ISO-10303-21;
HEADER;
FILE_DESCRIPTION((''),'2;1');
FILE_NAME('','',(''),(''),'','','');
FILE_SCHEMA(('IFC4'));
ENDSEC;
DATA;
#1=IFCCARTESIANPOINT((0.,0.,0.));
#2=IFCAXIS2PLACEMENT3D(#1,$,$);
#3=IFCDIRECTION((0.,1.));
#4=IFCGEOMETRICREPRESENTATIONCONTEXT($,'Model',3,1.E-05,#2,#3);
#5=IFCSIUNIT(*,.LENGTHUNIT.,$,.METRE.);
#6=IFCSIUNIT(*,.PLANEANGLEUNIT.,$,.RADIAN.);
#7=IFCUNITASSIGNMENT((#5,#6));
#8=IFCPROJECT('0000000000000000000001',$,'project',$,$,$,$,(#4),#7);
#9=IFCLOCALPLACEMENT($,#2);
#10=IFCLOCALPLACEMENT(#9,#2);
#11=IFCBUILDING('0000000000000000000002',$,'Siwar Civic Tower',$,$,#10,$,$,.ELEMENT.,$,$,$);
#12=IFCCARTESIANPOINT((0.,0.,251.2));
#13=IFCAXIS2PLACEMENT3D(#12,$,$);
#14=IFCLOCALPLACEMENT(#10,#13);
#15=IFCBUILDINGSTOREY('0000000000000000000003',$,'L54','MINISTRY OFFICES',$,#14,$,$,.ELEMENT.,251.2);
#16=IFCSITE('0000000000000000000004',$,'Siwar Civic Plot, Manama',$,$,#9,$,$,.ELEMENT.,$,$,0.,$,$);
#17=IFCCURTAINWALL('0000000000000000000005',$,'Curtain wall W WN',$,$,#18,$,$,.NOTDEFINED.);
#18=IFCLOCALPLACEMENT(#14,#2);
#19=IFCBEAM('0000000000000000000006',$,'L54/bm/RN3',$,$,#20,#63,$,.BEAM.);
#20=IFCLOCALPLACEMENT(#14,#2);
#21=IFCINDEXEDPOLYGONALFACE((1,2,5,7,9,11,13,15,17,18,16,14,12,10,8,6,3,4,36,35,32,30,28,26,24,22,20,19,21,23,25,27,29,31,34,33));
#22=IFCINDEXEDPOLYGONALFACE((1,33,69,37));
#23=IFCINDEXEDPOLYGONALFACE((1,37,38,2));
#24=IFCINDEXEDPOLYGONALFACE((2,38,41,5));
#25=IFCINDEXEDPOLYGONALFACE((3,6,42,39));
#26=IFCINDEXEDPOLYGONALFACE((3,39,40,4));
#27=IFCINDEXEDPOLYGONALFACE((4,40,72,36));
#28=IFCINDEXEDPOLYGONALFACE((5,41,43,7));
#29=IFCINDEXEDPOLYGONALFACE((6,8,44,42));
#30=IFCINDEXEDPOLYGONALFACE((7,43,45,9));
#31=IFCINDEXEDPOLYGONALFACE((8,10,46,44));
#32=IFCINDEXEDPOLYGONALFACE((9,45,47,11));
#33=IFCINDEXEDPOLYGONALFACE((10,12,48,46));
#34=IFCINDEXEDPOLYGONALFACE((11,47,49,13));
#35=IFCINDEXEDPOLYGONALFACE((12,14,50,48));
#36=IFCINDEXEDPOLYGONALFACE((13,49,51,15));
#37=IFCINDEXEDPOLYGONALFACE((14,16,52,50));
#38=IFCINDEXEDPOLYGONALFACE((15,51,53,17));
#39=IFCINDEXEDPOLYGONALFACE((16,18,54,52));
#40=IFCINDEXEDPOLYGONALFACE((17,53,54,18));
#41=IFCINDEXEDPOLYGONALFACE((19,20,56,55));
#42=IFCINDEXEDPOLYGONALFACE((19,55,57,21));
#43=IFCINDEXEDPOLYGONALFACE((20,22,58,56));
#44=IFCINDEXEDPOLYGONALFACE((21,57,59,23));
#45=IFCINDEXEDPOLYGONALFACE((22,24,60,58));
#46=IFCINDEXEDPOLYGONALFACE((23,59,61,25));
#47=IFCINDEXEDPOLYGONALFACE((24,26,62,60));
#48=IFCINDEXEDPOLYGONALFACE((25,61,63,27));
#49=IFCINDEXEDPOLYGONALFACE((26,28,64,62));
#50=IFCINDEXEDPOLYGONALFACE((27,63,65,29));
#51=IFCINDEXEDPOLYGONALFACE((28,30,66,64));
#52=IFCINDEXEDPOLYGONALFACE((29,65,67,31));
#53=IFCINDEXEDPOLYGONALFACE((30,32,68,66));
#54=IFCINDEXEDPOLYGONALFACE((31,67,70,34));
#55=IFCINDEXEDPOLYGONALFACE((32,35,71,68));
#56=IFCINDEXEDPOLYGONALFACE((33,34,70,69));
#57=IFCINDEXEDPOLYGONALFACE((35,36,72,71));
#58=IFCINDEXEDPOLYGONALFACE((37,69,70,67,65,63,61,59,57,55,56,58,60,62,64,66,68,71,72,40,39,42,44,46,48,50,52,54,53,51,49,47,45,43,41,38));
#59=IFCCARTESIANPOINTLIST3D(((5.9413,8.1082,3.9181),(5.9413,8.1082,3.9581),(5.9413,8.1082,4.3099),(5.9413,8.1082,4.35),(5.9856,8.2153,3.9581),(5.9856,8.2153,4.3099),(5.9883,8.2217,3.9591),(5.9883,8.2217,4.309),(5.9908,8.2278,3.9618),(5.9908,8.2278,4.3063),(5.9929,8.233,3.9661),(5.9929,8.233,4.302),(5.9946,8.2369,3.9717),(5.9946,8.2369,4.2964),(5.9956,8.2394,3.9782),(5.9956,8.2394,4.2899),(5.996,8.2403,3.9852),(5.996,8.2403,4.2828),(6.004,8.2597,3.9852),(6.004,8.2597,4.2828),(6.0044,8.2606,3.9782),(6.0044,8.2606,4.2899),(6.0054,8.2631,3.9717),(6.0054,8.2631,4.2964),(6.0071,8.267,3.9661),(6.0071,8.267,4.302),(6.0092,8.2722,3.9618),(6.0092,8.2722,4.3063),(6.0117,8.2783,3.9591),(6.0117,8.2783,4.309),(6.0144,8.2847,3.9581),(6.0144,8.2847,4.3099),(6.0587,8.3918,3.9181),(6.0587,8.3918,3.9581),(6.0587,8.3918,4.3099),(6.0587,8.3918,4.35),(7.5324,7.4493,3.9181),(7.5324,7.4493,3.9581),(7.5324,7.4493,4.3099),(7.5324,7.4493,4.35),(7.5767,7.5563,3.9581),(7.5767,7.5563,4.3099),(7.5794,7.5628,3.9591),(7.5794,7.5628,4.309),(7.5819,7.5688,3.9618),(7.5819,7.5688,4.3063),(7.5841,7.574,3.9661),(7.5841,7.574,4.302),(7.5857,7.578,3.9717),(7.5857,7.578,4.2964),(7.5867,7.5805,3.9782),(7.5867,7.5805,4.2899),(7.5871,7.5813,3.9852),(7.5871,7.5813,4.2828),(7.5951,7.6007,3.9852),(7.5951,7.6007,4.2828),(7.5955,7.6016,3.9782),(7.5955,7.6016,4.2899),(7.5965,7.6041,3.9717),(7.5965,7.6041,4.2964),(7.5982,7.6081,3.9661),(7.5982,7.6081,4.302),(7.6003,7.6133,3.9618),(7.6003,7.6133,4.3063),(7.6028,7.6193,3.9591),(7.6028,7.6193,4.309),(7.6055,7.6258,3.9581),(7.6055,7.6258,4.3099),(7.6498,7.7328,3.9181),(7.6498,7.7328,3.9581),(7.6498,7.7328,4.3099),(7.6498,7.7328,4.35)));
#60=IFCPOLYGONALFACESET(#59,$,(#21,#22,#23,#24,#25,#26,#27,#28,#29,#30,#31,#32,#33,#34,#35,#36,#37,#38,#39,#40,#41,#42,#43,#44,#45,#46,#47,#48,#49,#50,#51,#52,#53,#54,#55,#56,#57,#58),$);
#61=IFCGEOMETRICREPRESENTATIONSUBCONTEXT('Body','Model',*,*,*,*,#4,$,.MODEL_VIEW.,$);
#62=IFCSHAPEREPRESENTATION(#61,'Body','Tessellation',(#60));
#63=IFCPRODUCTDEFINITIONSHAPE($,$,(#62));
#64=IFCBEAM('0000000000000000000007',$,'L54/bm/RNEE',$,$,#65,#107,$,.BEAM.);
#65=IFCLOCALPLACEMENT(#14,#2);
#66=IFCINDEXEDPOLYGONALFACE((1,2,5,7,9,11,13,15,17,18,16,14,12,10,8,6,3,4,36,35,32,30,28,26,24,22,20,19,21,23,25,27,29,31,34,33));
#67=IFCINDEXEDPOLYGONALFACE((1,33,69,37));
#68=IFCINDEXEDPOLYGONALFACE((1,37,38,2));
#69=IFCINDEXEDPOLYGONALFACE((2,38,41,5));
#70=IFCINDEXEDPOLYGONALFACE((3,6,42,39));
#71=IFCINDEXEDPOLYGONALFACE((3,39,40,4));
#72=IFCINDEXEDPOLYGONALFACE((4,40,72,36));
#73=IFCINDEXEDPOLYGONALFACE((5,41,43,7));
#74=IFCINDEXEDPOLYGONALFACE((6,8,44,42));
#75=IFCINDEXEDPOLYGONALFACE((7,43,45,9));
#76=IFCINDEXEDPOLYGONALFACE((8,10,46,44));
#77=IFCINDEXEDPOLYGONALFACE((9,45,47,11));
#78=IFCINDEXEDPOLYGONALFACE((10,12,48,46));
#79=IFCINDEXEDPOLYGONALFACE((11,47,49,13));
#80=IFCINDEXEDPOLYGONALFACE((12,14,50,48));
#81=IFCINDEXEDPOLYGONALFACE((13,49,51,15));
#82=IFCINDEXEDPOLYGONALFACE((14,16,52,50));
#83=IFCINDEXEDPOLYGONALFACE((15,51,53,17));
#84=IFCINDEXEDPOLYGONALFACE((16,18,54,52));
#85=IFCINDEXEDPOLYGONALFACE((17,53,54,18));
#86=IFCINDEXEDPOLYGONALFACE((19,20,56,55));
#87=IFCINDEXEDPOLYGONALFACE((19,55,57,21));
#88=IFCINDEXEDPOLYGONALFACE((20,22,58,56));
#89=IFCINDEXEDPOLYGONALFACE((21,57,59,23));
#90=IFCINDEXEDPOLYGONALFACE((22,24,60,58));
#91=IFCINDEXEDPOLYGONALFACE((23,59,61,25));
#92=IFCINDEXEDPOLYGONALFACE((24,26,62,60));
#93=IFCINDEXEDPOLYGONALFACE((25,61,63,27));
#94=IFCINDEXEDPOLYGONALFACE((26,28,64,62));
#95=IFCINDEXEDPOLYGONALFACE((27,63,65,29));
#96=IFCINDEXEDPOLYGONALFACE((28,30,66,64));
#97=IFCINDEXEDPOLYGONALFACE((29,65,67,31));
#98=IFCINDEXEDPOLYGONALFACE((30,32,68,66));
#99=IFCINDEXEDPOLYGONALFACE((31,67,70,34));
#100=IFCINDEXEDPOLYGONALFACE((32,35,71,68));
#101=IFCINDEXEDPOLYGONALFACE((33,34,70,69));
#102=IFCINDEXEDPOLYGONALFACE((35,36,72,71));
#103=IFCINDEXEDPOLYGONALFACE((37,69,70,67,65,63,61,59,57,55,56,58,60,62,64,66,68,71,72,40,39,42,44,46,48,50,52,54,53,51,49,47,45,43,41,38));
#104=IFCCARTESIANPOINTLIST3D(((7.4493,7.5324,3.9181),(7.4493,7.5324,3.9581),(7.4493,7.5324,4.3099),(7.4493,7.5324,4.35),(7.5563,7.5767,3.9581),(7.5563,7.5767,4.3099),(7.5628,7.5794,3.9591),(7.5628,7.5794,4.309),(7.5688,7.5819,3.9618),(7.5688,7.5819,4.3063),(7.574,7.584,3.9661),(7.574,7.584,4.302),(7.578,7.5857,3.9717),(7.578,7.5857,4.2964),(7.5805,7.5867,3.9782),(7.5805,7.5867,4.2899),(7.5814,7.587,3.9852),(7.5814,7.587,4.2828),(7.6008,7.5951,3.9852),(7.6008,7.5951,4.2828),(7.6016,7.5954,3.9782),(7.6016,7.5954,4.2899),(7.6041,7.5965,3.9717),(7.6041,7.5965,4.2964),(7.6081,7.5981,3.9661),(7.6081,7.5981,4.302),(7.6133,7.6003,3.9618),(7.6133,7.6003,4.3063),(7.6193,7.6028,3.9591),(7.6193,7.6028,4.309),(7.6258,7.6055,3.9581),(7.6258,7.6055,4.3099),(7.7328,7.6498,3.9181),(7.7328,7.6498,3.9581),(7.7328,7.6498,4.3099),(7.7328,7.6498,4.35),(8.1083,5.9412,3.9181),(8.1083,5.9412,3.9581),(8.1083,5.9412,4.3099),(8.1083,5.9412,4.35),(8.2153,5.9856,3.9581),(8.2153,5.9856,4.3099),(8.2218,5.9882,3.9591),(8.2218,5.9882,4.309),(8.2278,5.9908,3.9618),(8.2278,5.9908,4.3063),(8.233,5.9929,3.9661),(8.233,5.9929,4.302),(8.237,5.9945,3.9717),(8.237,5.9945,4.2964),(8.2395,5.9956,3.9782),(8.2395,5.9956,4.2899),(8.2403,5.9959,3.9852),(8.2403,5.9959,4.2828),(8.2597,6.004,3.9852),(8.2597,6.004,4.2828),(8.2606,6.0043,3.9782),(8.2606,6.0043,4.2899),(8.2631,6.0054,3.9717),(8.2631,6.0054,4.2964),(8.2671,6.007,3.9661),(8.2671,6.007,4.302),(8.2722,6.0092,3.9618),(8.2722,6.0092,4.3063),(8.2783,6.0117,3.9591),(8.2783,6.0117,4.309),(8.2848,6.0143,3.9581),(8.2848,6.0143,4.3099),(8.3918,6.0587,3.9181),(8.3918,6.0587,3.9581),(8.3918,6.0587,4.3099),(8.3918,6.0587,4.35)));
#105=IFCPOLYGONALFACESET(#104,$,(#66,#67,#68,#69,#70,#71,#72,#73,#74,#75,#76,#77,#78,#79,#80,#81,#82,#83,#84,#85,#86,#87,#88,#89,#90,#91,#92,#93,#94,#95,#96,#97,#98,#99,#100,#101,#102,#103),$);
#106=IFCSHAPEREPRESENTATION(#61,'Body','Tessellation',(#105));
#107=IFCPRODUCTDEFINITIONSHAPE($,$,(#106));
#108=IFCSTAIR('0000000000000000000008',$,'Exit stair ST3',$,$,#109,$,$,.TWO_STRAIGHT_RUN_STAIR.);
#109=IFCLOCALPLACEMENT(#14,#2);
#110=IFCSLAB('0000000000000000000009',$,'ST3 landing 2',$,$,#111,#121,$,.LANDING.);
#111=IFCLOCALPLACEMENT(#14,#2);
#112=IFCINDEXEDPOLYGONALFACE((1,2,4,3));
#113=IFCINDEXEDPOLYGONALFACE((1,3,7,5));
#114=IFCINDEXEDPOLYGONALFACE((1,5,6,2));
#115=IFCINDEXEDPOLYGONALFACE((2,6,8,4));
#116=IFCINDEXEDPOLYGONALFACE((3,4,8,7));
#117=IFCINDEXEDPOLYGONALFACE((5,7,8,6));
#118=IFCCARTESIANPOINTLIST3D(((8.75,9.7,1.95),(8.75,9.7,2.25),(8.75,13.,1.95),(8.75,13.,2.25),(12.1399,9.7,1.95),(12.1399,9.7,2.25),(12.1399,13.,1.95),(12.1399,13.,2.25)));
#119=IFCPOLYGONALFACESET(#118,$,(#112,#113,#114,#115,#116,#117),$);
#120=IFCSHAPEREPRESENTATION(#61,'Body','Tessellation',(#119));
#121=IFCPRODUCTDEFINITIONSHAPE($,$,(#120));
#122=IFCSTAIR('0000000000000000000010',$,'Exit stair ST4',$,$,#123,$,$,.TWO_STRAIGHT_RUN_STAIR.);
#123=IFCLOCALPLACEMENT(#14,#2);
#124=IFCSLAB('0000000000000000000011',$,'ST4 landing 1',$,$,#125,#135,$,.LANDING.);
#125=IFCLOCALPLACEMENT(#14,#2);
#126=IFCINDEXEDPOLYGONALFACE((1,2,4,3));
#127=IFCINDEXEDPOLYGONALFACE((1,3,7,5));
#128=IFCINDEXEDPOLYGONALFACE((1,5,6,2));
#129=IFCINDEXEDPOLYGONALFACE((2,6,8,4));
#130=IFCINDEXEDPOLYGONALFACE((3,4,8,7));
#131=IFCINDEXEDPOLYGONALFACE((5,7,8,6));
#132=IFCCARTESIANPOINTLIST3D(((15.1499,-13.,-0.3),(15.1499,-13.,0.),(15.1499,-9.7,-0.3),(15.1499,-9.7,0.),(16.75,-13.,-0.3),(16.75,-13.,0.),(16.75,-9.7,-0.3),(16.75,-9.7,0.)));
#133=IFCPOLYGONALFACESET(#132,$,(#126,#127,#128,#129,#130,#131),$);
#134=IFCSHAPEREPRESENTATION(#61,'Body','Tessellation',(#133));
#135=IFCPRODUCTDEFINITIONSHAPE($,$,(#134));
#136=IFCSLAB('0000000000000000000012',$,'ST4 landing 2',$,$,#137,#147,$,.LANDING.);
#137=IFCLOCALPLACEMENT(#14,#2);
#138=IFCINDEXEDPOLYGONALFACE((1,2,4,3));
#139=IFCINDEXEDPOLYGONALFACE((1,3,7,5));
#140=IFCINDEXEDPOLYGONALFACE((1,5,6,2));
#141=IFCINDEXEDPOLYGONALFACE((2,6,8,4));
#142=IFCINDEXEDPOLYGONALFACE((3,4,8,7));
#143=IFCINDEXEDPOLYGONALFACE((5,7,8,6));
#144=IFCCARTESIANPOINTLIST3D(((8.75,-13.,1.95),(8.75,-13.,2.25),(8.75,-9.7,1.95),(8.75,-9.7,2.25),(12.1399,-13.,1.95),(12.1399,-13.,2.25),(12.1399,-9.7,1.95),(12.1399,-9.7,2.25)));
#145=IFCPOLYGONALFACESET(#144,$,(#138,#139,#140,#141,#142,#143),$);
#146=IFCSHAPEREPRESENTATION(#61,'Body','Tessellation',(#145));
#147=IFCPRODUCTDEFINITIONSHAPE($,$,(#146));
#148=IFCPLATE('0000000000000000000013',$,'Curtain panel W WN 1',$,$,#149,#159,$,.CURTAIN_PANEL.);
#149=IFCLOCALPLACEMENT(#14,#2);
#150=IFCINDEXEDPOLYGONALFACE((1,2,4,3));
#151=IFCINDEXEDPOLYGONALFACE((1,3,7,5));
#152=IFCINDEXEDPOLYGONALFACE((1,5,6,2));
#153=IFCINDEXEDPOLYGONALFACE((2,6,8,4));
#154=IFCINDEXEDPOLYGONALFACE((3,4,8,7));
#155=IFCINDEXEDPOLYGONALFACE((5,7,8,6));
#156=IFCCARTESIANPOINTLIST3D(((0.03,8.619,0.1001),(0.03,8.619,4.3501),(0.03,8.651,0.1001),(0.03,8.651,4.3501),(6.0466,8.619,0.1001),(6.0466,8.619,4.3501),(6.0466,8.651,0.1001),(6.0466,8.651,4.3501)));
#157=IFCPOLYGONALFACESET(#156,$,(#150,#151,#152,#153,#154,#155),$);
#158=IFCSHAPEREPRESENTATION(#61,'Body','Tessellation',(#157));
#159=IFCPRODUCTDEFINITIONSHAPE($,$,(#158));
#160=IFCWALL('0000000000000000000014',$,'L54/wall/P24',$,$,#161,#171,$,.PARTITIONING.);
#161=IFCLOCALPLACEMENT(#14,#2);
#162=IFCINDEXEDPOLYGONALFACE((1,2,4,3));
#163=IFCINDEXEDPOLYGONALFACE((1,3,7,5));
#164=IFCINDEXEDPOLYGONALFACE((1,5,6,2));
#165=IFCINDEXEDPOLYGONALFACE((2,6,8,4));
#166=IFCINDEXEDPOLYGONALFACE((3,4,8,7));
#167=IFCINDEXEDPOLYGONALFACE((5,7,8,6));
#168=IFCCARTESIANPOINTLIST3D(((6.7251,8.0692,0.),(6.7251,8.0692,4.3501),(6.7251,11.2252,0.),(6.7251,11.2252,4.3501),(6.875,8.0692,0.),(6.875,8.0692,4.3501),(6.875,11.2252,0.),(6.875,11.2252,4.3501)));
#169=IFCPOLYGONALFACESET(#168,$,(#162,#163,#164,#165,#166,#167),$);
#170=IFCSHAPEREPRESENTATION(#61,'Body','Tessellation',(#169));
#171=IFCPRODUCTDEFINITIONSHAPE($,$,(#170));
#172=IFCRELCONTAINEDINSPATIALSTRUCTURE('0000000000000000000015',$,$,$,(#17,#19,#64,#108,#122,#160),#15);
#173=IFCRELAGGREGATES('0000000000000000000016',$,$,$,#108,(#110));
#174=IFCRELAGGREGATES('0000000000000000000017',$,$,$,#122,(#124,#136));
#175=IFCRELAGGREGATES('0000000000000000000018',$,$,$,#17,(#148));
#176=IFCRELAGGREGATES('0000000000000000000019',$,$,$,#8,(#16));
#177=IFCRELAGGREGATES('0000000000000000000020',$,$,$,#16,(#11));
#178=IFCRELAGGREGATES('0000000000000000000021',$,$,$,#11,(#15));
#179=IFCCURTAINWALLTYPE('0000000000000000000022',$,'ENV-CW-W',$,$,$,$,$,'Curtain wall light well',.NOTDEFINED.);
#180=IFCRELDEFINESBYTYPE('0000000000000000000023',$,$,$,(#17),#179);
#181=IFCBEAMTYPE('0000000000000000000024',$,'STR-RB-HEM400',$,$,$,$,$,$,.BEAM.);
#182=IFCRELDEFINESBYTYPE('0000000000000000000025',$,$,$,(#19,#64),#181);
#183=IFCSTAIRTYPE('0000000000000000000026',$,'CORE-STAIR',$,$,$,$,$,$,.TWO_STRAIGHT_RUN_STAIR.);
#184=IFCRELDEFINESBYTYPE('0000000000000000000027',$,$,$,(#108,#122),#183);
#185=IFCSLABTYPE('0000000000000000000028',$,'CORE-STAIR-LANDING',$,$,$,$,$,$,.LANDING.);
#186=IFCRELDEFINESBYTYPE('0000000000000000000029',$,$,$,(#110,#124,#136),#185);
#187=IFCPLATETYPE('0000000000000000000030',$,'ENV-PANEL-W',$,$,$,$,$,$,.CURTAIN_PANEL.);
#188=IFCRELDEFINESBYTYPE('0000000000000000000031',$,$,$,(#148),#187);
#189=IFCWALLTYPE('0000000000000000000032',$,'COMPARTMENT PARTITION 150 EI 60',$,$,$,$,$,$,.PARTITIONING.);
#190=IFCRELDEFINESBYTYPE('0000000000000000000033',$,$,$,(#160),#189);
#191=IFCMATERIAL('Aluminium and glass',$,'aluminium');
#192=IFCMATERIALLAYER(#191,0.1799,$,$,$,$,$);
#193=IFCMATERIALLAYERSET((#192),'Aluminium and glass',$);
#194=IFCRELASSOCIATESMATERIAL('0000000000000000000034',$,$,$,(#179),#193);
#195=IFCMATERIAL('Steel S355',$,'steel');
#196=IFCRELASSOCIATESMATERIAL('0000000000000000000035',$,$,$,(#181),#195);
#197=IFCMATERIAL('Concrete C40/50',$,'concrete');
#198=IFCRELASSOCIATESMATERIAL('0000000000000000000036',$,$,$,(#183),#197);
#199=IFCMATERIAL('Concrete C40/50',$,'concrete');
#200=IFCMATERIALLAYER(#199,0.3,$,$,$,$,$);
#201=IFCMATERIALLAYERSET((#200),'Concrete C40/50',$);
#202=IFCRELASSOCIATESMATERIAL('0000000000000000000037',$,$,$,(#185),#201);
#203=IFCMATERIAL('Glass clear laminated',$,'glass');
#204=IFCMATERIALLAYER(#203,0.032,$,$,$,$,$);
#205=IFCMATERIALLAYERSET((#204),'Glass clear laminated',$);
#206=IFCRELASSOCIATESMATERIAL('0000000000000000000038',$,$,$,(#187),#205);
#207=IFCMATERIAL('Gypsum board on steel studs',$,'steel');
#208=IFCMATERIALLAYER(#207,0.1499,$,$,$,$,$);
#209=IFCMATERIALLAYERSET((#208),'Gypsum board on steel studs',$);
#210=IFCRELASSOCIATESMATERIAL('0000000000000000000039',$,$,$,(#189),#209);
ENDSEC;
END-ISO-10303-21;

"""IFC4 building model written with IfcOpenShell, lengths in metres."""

from ifc_helpers import new_model, si_unit, direction, frame, frame_2d, origin, origin_2d, place, context, subcontext, project, spatial, polyline, rectangle, i_section, outline, extrude, material, layer, layer_set, material_profile, profile_set, type_object, element, aggregate, save


model = new_model("IFC4")

# Units and contexts
model_context = context("Model", 3, precision=1e-05, world=origin(), true_north=direction((0.0, 1.0)))
body_context = subcontext(model_context, "Body", "Model", "MODEL_VIEW")
ifc_project = project(units=[si_unit("LENGTHUNIT", "METRE"), si_unit("PLANEANGLEUNIT", "RADIAN")], contexts=[model_context])

# Site, building, storey
site_placement = place(None, origin())
site = spatial("IfcSite", under=ifc_project, at=site_placement, Name="Siwar Civic Plot, Manama", CompositionType="ELEMENT", RefElevation=0.0)
building_placement = place(site_placement, origin())
building = spatial("IfcBuilding", under=site, at=building_placement, Name="Siwar Civic Tower", CompositionType="ELEMENT")
storey_placement = place(building_placement, frame((0.0, 0.0, 251.2)))
storey = spatial("IfcBuildingStorey", under=building, at=storey_placement, Name="L54", Description="MINISTRY OFFICES", CompositionType="ELEMENT", Elevation=251.2)

# Curtain wall
ifc_material_1 = material(Name="Aluminium and glass", Category="aluminium")
ifc_layer_1 = layer(ifc_material_1, 0.1799)
ifc_layer_set_1 = layer_set([ifc_layer_1], Name="Aluminium and glass")
curtain_wall_type = type_object("IfcCurtainWallType", Name="ENV-CW-W", ElementType="Curtain wall light well", PredefinedType="NOTDEFINED", material=ifc_layer_set_1)
curtain_wall_placement = place(storey_placement, origin())
curtain_wall = element("IfcCurtainWall", 1, at=curtain_wall_placement, inside=storey, type_object=curtain_wall_type, Name="Curtain wall W WN", PredefinedType="NOTDEFINED")

# Beams
ifc_material_2 = material(Name="Steel S355", Category="steel")
ifc_material_profile_1 = material_profile(ifc_material_2, i_section(OverallWidth=0.3069, OverallDepth=0.4319, WebThickness=0.021, FlangeThickness=0.04, FilletRadius=0.0271, at=origin_2d()), Name="HEM400")
ifc_profile_set_1 = profile_set([ifc_material_profile_1], Name="Steel S355")
beam_type_1 = type_object("IfcBeamType", Name="STR-RB-HEM400", PredefinedType="BEAM", material=ifc_profile_set_1)
for number, where, z_axis, x_axis, name in (
    (2, (6.0, 8.25, 4.134), (0.923901, -0.382631, 0.0), (0.382631, 0.923901, 0.0), "L54/bm/RN3"),
    (3, (7.5911, 7.5911, 4.134), (0.382631, -0.923901, 0.0), (0.923901, 0.382631, 0.0), "L54/bm/RNEE"),
):
    element("IfcBeam", number, at=place(storey_placement, frame(where, z_axis=z_axis, x_axis=x_axis)), inside=storey, type_object=beam_type_1, Name=name, PredefinedType="BEAM", context=body_context, shape_type="SweptSolid", body=[
        extrude(i_section(OverallWidth=0.3069, OverallDepth=0.4319, WebThickness=0.021, FlangeThickness=0.04, FilletRadius=0.0271, at=origin_2d()), origin(), (0.0, 0.0, 1.0), 1.7222),
    ])

# Stair, slab
ifc_material_3 = material(Name="Concrete C40/50", Category="concrete")
stair_type = type_object("IfcStairType", Name="CORE-STAIR", PredefinedType="TWO_STRAIGHT_RUN_STAIR", material=ifc_material_3)
stair_1_placement = place(storey_placement, origin())
stair_1 = element("IfcStair", 4, at=stair_1_placement, inside=storey, type_object=stair_type, Name="Exit stair ST3", PredefinedType="TWO_STRAIGHT_RUN_STAIR")
ifc_material_4 = material(Name="Concrete C40/50", Category="concrete")
ifc_layer_2 = layer(ifc_material_4, 0.3)
ifc_layer_set_2 = layer_set([ifc_layer_2], Name="Concrete C40/50")
slab_type_1 = type_object("IfcSlabType", Name="CORE-STAIR-LANDING", PredefinedType="LANDING", material=ifc_layer_set_2)
slab_1_placement = place(storey_placement, frame((0.0, 0.0, 1.95)))
slab_1 = element("IfcSlab", 5, at=slab_1_placement, type_object=slab_type_1, Name="ST3 landing 2", PredefinedType="LANDING", context=body_context, shape_type="SweptSolid", body=[
    extrude(outline(polyline([(8.75, 9.7), (12.1399, 9.7), (12.1399, 13.0), (8.75, 13.0), (8.75, 9.7)])), origin(), (0.0, 0.0, 1.0), 0.3),
])
aggregate(stair_1, [slab_1])

# Stair, slabs
stair_2_placement = place(storey_placement, origin())
stair_2 = element("IfcStair", 6, at=stair_2_placement, inside=storey, type_object=stair_type, Name="Exit stair ST4", PredefinedType="TWO_STRAIGHT_RUN_STAIR")
slab_2_placement = place(storey_placement, frame((0.0, 0.0, -0.3)))
slab_2 = element("IfcSlab", 7, at=slab_2_placement, type_object=slab_type_1, Name="ST4 landing 1", PredefinedType="LANDING", context=body_context, shape_type="SweptSolid", body=[
    extrude(outline(polyline([(15.1499, -13.0), (16.75, -13.0), (16.75, -9.7), (15.1499, -9.7), (15.1499, -13.0)])), origin(), (0.0, 0.0, 1.0), 0.3),
])
slab_3_placement = place(storey_placement, frame((0.0, 0.0, 1.95)))
slab_3 = element("IfcSlab", 8, at=slab_3_placement, type_object=slab_type_1, Name="ST4 landing 2", PredefinedType="LANDING", context=body_context, shape_type="SweptSolid", body=[
    extrude(outline(polyline([(8.75, -13.0), (12.1399, -13.0), (12.1399, -9.7), (8.75, -9.7), (8.75, -13.0)])), origin(), (0.0, 0.0, 1.0), 0.3),
])
aggregate(stair_2, [slab_2, slab_3])

# Plate
ifc_material_5 = material(Name="Glass clear laminated", Category="glass")
ifc_layer_3 = layer(ifc_material_5, 0.032)
ifc_layer_set_3 = layer_set([ifc_layer_3], Name="Glass clear laminated")
plate_type = type_object("IfcPlateType", Name="ENV-PANEL-W", PredefinedType="CURTAIN_PANEL", material=ifc_layer_set_3)
plate_placement = place(storey_placement, frame((3.0383, 8.635, 0.1001), z_axis=(0.0, 0.0, 1.0), x_axis=(-1.0, 0.0, 0.0)))
plate = element("IfcPlate", 9, at=plate_placement, type_object=plate_type, Name="Curtain panel W WN 1", PredefinedType="CURTAIN_PANEL", context=body_context, shape_type="SweptSolid", body=[
    extrude(rectangle(XDim=6.0166, YDim=0.032, at=origin_2d()), origin(), (0.0, 0.0, 1.0), 4.25),
])
aggregate(curtain_wall, [plate])

# Wall
ifc_material_6 = material(Name="Gypsum board on steel studs", Category="steel")
ifc_layer_4 = layer(ifc_material_6, 0.1499)
ifc_layer_set_4 = layer_set([ifc_layer_4], Name="Gypsum board on steel studs")
wall_type_1 = type_object("IfcWallType", Name="COMPARTMENT PARTITION 150 EI 60", PredefinedType="PARTITIONING", material=ifc_layer_set_4)
wall_1_placement = place(storey_placement, frame((6.8, 8.0691, 0.0), z_axis=(0.0, 0.0, 1.0), x_axis=(0.0, 1.0, 0.0)))
element("IfcWall", 10, at=wall_1_placement, inside=storey, type_object=wall_type_1, Name="L54/wall/P24", PredefinedType="PARTITIONING", context=body_context, shape_type="SweptSolid", body=[
    extrude(rectangle(XDim=3.156, YDim=0.1499, at=frame_2d((1.5781, 0.0))), origin(), (0.0, 0.0, 1.0), 4.3501),
])

save(model, "model.ifc")
